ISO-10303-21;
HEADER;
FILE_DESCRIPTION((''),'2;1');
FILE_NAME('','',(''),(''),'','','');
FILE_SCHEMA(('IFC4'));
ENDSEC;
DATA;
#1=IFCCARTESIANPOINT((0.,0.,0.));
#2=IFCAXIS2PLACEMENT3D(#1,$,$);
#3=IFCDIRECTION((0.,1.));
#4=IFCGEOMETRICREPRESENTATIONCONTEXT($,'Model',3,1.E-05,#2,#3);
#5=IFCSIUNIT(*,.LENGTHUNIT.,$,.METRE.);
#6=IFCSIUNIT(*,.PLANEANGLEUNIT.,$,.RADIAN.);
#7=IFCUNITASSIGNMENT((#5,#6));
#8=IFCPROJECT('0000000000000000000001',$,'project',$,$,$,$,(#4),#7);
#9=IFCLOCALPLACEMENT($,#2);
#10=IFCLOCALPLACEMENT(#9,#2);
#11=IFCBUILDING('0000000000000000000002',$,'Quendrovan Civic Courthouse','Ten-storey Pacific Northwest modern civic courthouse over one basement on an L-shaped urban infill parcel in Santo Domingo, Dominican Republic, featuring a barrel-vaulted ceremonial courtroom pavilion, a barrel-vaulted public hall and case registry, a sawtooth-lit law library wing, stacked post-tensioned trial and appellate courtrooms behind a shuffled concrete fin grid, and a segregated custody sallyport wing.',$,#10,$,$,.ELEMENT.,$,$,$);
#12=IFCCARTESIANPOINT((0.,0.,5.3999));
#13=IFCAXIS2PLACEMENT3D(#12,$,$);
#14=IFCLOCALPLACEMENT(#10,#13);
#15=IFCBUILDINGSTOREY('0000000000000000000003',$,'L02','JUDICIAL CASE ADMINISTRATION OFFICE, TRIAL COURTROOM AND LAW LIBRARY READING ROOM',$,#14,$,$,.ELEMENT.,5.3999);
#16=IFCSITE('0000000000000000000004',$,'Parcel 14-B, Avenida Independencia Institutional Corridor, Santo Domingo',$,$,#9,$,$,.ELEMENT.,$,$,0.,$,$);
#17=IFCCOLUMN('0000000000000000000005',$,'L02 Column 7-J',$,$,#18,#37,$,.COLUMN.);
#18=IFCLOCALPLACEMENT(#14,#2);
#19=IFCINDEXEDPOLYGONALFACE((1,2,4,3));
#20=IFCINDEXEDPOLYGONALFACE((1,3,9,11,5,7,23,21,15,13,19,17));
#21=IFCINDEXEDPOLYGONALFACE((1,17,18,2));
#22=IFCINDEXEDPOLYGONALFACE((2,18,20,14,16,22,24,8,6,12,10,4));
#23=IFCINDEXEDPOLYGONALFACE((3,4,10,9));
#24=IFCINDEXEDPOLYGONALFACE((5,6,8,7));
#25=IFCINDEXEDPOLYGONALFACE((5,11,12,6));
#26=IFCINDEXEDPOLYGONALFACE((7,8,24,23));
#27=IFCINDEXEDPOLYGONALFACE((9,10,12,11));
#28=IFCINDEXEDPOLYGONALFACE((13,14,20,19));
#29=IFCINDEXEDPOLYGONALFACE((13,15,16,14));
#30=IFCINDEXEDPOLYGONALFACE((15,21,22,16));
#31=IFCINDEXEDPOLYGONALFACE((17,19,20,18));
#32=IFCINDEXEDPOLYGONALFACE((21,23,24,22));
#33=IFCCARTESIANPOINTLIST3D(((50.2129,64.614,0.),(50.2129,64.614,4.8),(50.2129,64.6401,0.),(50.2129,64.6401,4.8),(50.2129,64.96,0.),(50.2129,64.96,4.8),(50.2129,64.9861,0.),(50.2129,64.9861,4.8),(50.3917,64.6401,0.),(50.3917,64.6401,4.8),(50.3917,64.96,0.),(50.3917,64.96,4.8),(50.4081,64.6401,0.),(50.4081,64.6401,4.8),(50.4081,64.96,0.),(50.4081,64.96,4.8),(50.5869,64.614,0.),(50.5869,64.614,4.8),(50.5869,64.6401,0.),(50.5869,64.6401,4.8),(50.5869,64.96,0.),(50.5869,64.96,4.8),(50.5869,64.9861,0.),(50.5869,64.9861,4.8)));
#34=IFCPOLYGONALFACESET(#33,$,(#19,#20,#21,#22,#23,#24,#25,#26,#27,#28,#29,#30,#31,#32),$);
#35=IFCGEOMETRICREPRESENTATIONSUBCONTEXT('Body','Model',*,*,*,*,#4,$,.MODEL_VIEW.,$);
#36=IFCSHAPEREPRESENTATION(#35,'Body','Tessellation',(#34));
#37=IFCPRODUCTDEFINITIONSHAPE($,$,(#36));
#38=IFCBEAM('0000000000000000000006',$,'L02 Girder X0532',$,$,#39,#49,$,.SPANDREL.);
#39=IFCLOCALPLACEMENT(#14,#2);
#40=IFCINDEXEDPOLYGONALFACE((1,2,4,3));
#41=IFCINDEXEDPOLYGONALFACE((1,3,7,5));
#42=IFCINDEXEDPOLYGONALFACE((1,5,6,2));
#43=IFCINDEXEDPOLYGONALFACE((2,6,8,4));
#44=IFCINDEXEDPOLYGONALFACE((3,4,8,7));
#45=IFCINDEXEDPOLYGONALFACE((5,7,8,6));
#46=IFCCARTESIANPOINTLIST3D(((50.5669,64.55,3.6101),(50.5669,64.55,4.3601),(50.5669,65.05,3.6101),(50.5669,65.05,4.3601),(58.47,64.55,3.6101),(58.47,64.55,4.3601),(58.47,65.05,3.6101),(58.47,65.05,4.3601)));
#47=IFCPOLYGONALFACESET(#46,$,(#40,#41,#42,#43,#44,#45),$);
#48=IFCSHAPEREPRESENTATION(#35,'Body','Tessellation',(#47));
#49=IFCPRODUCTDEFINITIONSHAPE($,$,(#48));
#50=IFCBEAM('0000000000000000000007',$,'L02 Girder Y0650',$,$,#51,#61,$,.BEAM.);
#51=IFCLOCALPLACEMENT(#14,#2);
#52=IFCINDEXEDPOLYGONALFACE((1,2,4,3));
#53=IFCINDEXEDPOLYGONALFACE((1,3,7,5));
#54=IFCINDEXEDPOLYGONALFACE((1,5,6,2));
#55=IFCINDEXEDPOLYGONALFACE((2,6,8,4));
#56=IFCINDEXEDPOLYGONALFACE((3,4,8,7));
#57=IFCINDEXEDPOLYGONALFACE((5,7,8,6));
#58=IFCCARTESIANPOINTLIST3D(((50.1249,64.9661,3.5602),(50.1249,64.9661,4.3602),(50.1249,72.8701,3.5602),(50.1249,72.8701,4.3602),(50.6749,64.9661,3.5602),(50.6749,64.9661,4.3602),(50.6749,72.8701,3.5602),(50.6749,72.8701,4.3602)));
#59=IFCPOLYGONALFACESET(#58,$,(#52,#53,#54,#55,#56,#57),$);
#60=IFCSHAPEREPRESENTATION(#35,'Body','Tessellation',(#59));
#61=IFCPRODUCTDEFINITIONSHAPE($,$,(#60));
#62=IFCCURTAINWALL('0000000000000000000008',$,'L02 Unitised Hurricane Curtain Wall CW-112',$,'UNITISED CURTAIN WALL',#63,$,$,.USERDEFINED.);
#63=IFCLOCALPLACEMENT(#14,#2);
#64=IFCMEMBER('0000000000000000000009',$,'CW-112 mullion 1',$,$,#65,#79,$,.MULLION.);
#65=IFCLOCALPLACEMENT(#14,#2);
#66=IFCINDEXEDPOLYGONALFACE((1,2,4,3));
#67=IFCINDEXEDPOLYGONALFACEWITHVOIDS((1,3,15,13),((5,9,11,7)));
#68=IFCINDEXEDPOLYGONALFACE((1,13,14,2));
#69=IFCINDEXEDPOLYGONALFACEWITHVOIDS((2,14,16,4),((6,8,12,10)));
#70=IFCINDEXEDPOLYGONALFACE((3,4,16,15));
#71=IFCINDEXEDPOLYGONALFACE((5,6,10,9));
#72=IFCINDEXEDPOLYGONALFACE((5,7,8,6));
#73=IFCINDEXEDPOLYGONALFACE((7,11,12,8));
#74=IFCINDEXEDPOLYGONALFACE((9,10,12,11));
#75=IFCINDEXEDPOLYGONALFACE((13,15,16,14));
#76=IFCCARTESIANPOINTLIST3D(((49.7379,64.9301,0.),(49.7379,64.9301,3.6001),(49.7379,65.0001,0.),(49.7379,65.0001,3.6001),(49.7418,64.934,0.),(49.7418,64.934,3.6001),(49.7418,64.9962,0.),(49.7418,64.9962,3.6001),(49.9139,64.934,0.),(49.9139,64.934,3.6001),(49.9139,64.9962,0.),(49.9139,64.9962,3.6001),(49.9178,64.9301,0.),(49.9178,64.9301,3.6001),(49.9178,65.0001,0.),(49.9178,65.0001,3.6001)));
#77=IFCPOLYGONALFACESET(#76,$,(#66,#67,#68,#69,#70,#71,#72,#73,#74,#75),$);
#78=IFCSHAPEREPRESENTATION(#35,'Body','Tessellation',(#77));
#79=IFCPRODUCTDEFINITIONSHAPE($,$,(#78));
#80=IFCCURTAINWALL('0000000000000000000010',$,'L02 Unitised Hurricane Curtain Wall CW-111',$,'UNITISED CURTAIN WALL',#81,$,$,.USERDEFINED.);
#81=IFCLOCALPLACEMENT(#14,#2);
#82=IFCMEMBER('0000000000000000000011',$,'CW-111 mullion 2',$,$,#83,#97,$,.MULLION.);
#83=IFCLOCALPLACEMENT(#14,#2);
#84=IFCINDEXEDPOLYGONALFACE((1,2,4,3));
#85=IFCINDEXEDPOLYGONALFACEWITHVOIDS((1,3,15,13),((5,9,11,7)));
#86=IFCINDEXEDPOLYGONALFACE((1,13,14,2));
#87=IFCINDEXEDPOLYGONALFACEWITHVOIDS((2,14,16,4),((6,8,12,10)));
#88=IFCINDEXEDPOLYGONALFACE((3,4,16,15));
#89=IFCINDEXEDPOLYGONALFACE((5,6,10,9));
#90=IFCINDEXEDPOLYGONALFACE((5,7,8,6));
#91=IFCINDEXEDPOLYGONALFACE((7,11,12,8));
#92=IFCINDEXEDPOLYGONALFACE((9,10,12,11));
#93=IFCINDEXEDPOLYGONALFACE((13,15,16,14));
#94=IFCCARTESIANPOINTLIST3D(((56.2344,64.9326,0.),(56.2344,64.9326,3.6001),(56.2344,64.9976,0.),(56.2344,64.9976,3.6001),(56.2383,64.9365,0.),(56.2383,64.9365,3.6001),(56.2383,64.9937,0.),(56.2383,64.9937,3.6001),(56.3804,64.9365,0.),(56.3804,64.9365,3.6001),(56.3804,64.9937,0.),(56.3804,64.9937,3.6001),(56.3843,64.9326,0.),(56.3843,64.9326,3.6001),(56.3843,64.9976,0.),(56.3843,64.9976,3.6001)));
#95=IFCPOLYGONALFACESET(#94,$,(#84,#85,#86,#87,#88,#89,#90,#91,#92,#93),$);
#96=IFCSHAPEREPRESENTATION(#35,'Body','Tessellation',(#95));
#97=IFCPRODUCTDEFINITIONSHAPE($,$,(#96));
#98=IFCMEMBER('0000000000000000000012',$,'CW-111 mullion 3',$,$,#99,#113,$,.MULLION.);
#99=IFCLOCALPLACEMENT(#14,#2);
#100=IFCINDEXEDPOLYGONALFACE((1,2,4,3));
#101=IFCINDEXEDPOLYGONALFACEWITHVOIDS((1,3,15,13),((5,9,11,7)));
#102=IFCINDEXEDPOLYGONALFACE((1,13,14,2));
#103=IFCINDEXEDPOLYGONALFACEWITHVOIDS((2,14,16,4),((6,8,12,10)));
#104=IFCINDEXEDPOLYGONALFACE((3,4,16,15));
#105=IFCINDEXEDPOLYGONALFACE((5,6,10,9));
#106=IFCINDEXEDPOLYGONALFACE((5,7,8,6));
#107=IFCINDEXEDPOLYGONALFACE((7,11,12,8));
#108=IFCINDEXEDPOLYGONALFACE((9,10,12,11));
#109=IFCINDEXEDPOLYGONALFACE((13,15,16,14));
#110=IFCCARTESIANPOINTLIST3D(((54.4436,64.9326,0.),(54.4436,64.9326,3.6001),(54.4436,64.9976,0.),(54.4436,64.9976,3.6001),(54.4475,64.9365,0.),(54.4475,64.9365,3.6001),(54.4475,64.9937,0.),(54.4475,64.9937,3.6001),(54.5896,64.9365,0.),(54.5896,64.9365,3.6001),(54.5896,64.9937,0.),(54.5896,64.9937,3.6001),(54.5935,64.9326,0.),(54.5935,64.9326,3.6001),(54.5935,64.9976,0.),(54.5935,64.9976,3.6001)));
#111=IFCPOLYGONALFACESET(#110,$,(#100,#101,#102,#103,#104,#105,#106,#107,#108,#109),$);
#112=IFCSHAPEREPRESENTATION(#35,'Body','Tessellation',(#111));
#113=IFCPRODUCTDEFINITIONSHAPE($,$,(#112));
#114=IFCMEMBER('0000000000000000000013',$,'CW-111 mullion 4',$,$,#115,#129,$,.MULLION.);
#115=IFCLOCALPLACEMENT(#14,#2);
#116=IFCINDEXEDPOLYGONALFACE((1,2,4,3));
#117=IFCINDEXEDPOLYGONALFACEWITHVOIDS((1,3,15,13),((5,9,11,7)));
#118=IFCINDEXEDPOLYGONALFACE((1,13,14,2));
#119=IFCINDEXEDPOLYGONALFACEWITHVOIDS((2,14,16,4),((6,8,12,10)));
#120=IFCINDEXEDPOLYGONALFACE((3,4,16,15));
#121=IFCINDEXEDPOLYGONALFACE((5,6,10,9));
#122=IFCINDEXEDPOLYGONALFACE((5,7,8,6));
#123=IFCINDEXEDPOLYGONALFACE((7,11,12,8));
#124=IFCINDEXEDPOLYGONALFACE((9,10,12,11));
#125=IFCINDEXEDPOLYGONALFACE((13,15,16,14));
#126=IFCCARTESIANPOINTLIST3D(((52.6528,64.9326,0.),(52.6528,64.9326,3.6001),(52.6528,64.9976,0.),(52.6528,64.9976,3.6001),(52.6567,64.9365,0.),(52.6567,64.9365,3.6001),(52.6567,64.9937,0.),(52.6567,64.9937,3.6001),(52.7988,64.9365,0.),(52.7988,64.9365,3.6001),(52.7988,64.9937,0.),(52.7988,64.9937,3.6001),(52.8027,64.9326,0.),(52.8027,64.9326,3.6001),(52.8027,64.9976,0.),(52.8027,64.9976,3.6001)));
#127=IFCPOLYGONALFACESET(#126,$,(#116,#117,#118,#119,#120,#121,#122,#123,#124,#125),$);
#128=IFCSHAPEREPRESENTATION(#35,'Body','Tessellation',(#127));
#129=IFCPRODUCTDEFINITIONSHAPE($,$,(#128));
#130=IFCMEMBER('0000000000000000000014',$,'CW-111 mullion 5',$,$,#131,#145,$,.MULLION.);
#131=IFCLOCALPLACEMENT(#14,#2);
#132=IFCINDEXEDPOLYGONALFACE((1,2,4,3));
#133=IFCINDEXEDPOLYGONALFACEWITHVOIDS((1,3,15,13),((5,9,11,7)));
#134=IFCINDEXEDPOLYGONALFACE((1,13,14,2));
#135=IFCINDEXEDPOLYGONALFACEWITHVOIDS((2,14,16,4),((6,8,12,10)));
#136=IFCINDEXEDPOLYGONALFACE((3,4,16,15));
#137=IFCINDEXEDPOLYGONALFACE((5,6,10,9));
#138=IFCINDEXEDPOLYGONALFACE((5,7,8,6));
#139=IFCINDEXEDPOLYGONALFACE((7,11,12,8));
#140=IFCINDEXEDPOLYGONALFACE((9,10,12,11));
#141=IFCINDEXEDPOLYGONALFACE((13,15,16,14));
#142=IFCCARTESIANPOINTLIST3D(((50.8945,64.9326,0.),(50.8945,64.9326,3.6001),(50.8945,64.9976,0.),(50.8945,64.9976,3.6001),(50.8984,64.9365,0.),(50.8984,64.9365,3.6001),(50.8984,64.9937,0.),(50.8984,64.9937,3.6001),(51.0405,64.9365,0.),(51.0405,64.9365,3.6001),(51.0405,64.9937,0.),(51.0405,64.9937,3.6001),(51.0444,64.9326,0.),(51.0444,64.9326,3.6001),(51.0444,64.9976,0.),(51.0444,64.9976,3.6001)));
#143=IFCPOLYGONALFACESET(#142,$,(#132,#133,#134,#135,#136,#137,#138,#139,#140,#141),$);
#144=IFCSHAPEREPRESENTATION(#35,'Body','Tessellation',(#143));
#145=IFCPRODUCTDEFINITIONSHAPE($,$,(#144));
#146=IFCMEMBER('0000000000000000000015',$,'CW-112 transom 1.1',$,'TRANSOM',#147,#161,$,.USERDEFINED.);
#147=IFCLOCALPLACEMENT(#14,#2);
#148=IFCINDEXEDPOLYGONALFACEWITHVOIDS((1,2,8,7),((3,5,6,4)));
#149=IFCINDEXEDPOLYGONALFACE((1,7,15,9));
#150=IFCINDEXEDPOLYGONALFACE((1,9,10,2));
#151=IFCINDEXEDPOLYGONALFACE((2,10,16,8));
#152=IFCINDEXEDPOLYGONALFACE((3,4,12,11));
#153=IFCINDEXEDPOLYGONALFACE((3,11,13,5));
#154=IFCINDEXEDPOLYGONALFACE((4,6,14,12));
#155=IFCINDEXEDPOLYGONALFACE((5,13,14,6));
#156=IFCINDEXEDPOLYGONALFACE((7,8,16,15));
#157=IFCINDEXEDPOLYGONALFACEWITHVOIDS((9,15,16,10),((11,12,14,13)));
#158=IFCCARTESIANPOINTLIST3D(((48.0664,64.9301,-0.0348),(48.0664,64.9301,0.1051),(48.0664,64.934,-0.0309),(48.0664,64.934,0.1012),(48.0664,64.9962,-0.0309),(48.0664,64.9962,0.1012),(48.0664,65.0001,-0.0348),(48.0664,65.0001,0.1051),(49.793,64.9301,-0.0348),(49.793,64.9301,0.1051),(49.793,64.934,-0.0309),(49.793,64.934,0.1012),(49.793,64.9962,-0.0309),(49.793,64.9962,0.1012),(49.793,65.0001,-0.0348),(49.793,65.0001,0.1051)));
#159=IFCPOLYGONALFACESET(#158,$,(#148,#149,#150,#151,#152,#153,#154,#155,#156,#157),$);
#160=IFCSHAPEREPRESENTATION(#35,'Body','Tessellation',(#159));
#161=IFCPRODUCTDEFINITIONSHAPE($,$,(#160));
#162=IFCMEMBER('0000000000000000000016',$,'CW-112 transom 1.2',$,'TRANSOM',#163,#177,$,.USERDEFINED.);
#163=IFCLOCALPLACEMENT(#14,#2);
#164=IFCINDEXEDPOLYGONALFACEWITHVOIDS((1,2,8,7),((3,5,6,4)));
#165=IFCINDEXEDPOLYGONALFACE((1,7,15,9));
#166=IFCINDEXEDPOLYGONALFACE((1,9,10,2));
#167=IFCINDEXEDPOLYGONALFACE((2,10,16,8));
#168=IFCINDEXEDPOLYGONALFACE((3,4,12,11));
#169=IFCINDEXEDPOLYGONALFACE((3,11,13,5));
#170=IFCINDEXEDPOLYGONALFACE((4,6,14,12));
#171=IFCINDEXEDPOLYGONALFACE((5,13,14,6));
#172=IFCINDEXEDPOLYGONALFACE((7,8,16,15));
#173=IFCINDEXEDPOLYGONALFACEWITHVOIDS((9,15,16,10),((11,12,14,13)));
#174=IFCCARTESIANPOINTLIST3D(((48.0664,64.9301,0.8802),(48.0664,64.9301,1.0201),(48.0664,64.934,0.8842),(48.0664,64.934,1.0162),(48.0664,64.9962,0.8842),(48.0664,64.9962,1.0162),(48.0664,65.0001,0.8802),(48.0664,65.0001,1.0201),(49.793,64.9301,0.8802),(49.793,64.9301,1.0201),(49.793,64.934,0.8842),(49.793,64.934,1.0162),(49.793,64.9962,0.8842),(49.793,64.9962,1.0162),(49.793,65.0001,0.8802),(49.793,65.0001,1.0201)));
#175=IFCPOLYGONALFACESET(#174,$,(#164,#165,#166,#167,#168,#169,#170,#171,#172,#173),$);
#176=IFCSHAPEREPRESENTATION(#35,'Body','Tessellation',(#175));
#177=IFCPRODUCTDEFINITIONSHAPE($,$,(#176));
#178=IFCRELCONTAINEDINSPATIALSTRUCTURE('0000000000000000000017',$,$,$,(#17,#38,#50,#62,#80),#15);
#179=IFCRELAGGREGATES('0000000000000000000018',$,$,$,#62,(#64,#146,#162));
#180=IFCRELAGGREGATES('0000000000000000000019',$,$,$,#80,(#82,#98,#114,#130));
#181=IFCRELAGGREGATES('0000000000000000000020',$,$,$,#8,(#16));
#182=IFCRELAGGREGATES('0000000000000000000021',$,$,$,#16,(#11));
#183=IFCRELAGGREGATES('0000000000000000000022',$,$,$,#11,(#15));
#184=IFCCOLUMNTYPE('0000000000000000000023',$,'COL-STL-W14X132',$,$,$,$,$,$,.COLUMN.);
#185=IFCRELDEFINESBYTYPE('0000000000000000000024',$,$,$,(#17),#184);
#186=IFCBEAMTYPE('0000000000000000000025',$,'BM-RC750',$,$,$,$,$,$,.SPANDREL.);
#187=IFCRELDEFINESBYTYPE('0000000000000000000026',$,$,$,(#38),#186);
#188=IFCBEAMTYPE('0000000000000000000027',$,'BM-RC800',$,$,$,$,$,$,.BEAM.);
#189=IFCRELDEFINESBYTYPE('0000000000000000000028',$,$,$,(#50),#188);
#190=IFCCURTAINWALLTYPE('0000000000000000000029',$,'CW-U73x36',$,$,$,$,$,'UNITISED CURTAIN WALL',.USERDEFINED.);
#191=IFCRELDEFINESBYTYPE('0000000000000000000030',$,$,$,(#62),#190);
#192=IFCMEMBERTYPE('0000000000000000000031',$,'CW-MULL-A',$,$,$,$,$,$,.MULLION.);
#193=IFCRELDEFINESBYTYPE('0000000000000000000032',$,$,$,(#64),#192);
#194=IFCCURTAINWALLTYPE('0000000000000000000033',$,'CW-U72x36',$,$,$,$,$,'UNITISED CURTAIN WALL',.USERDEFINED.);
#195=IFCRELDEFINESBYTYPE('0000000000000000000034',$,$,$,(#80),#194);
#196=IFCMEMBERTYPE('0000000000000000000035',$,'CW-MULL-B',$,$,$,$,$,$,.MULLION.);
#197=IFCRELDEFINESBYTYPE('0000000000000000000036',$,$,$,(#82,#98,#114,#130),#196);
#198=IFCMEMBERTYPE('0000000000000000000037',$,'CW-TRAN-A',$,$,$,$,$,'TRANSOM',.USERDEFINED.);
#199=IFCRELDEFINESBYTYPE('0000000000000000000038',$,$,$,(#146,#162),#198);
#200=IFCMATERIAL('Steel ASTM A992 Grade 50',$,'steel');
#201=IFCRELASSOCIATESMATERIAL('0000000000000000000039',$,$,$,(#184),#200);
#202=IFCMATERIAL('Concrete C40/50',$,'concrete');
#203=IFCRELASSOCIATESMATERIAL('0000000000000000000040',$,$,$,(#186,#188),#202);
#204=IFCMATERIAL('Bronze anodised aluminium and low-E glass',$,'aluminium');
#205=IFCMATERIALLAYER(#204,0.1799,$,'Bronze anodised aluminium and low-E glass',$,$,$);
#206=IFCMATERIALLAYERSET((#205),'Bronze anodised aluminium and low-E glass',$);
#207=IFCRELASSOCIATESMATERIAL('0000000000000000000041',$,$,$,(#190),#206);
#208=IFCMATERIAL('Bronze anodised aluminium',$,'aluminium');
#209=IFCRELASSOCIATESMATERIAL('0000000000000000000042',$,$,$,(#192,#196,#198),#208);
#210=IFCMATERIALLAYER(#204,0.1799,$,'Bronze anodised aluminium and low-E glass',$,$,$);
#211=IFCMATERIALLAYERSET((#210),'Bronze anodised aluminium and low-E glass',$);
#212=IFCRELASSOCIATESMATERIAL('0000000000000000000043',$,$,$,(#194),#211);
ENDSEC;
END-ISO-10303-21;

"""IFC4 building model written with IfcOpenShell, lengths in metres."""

from ifc_helpers import new_model, si_unit, direction, frame, origin, origin_2d, place, context, subcontext, project, spatial, rectangle, hollow_rectangle, i_section, extrude, material, layer, layer_set, material_profile, profile_set, type_object, element, aggregate, save


model = new_model("IFC4")

# Units and contexts
model_context = context("Model", 3, precision=1e-05, world=origin(), true_north=direction((0.0, 1.0)))
body_context = subcontext(model_context, "Body", "Model", "MODEL_VIEW")
ifc_project = project(units=[si_unit("LENGTHUNIT", "METRE"), si_unit("PLANEANGLEUNIT", "RADIAN")], contexts=[model_context])

# Site, building, storey
site_placement = place(None, origin())
site = spatial("IfcSite", under=ifc_project, at=site_placement, Name="Parcel 14-B, Avenida Independencia Institutional Corridor, Santo Domingo", CompositionType="ELEMENT", RefElevation=0.0)
building_placement = place(site_placement, origin())
building = spatial("IfcBuilding", under=site, at=building_placement, Name="Quendrovan Civic Courthouse", Description="Ten-storey Pacific Northwest modern civic courthouse over one basement on an L-shaped urban infill parcel in Santo Domingo, Dominican Republic, featuring a barrel-vaulted ceremonial courtroom pavilion, a barrel-vaulted public hall and case registry, a sawtooth-lit law library wing, stacked post-tensioned trial and appellate courtrooms behind a shuffled concrete fin grid, and a segregated custody sallyport wing.", CompositionType="ELEMENT")
storey_placement = place(building_placement, frame((0.0, 0.0, 5.3999)))
storey = spatial("IfcBuildingStorey", under=building, at=storey_placement, Name="L02", Description="JUDICIAL CASE ADMINISTRATION OFFICE, TRIAL COURTROOM AND LAW LIBRARY READING ROOM", CompositionType="ELEMENT", Elevation=5.3999)

# Column
ifc_material_1 = material(Name="Steel ASTM A992 Grade 50", Category="steel")
ifc_material_profile_1 = material_profile(ifc_material_1, i_section(OverallWidth=0.374, OverallDepth=0.3721, WebThickness=0.0164, FlangeThickness=0.0261, at=origin_2d()), Name="W14X132")
ifc_profile_set_1 = profile_set([ifc_material_profile_1], Name="Steel ASTM A992 Grade 50")
column_type = type_object("IfcColumnType", Name="COL-STL-W14X132", PredefinedType="COLUMN", material=ifc_profile_set_1)
column_placement = place(storey_placement, frame((50.3999, 64.8, 0.0), z_axis=(0.0, 0.0, 1.0), x_axis=(1.0, 0.0, 0.0)))
element("IfcColumn", 1, at=column_placement, inside=storey, type_object=column_type, Name="L02 Column 7-J", PredefinedType="COLUMN", context=body_context, shape_type="SweptSolid", body=[
    extrude(i_section(OverallWidth=0.374, OverallDepth=0.3721, WebThickness=0.0164, FlangeThickness=0.0261, at=origin_2d()), origin(), (0.0, 0.0, 1.0), 4.8),
])

# Beams
ifc_material_2 = material(Name="Concrete C40/50", Category="concrete")
ifc_material_profile_2 = material_profile(ifc_material_2, rectangle(XDim=0.5, YDim=0.75, at=origin_2d()), Name="RC-BM-500x750")
ifc_profile_set_2 = profile_set([ifc_material_profile_2], Name="Concrete C40/50")
beam_type_1 = type_object("IfcBeamType", Name="BM-RC750", PredefinedType="SPANDREL", material=ifc_profile_set_2)
beam_1_placement = place(storey_placement, frame((50.5669, 64.8, 3.9851), z_axis=(1.0, 0.0, 0.0), x_axis=(0.0, 1.0, 0.0)))
element("IfcBeam", 2, at=beam_1_placement, inside=storey, type_object=beam_type_1, Name="L02 Girder X0532", PredefinedType="SPANDREL", context=body_context, shape_type="SweptSolid", body=[
    extrude(rectangle(XDim=0.5, YDim=0.75, at=origin_2d()), origin(), (0.0, 0.0, 1.0), 7.9031),
])
ifc_material_profile_3 = material_profile(ifc_material_2, rectangle(XDim=0.55, YDim=0.8, at=origin_2d()), Name="RC-BM-550x800")
ifc_profile_set_3 = profile_set([ifc_material_profile_3], Name="Concrete C40/50")
beam_type_2 = type_object("IfcBeamType", Name="BM-RC800", PredefinedType="BEAM", material=ifc_profile_set_3)
beam_2_placement = place(storey_placement, frame((50.3999, 64.9661, 3.9602), z_axis=(0.0, 1.0, 0.0), x_axis=(-1.0, 0.0, 0.0)))
element("IfcBeam", 3, at=beam_2_placement, inside=storey, type_object=beam_type_2, Name="L02 Girder Y0650", PredefinedType="BEAM", context=body_context, shape_type="SweptSolid", body=[
    extrude(rectangle(XDim=0.55, YDim=0.8, at=origin_2d()), origin(), (0.0, 0.0, 1.0), 7.9041),
])

# Curtain wall, member
ifc_material_3 = material(Name="Bronze anodised aluminium and low-E glass", Category="aluminium")
ifc_layer_1 = layer(ifc_material_3, 0.1799, Name="Bronze anodised aluminium and low-E glass")
ifc_layer_set_1 = layer_set([ifc_layer_1], Name="Bronze anodised aluminium and low-E glass")
curtain_wall_type_1 = type_object("IfcCurtainWallType", Name="CW-U73x36", ElementType="UNITISED CURTAIN WALL", PredefinedType="USERDEFINED", material=ifc_layer_set_1)
curtain_wall_1_placement = place(storey_placement, origin())
curtain_wall_1 = element("IfcCurtainWall", 4, at=curtain_wall_1_placement, inside=storey, type_object=curtain_wall_type_1, Name="L02 Unitised Hurricane Curtain Wall CW-112", ObjectType="UNITISED CURTAIN WALL", PredefinedType="USERDEFINED")
ifc_material_4 = material(Name="Bronze anodised aluminium", Category="aluminium")
ifc_material_profile_4 = material_profile(ifc_material_4, hollow_rectangle(XDim=0.0701, YDim=0.1799, WallThickness=0.0039, at=origin_2d()), Name="CW-MULL-70x180")
ifc_profile_set_4 = profile_set([ifc_material_profile_4], Name="Bronze anodised aluminium")
member_type_1 = type_object("IfcMemberType", Name="CW-MULL-A", PredefinedType="MULLION", material=ifc_profile_set_4)
member_1_placement = place(storey_placement, frame((49.8279, 64.9651, 0.0), z_axis=(0.0, 0.0, 1.0), x_axis=(0.0, -1.0, 0.0)))
member_1 = element("IfcMember", 5, at=member_1_placement, type_object=member_type_1, Name="CW-112 mullion 1", PredefinedType="MULLION", context=body_context, shape_type="SweptSolid", body=[
    extrude(hollow_rectangle(XDim=0.0701, YDim=0.1799, WallThickness=0.0039, at=origin_2d()), origin(), (0.0, 0.0, 1.0), 3.6001),
])

# Curtain wall, members
ifc_layer_2 = layer(ifc_material_3, 0.1799, Name="Bronze anodised aluminium and low-E glass")
ifc_layer_set_2 = layer_set([ifc_layer_2], Name="Bronze anodised aluminium and low-E glass")
curtain_wall_type_2 = type_object("IfcCurtainWallType", Name="CW-U72x36", ElementType="UNITISED CURTAIN WALL", PredefinedType="USERDEFINED", material=ifc_layer_set_2)
curtain_wall_2_placement = place(storey_placement, origin())
curtain_wall_2 = element("IfcCurtainWall", 6, at=curtain_wall_2_placement, inside=storey, type_object=curtain_wall_type_2, Name="L02 Unitised Hurricane Curtain Wall CW-111", ObjectType="UNITISED CURTAIN WALL", PredefinedType="USERDEFINED")
ifc_material_profile_5 = material_profile(ifc_material_4, hollow_rectangle(XDim=0.0649, YDim=0.1499, WallThickness=0.0039, at=origin_2d()), Name="CW-MULL-65x150")
ifc_profile_set_5 = profile_set([ifc_material_profile_5], Name="Bronze anodised aluminium")
member_type_2 = type_object("IfcMemberType", Name="CW-MULL-B", PredefinedType="MULLION", material=ifc_profile_set_5)
member_2_placement = place(storey_placement, frame((56.3093, 64.9651, 0.0), z_axis=(0.0, 0.0, 1.0), x_axis=(0.0, -1.0, 0.0)))
member_2 = element("IfcMember", 7, at=member_2_placement, type_object=member_type_2, Name="CW-111 mullion 2", PredefinedType="MULLION", context=body_context, shape_type="SweptSolid", body=[
    extrude(hollow_rectangle(XDim=0.0649, YDim=0.1499, WallThickness=0.0039, at=origin_2d()), origin(), (0.0, 0.0, 1.0), 3.6001),
])
member_3_placement = place(storey_placement, frame((54.5186, 64.9651, 0.0), z_axis=(0.0, 0.0, 1.0), x_axis=(0.0, -1.0, 0.0)))
member_3 = element("IfcMember", 8, at=member_3_placement, type_object=member_type_2, Name="CW-111 mullion 3", PredefinedType="MULLION", context=body_context, shape_type="SweptSolid", body=[
    extrude(hollow_rectangle(XDim=0.0649, YDim=0.1499, WallThickness=0.0039, at=origin_2d()), origin(), (0.0, 0.0, 1.0), 3.6001),
])
member_4_placement = place(storey_placement, frame((52.7278, 64.9651, 0.0), z_axis=(0.0, 0.0, 1.0), x_axis=(0.0, -1.0, 0.0)))
member_4 = element("IfcMember", 9, at=member_4_placement, type_object=member_type_2, Name="CW-111 mullion 4", PredefinedType="MULLION", context=body_context, shape_type="SweptSolid", body=[
    extrude(hollow_rectangle(XDim=0.0649, YDim=0.1499, WallThickness=0.0039, at=origin_2d()), origin(), (0.0, 0.0, 1.0), 3.6001),
])
member_5_placement = place(storey_placement, frame((50.9695, 64.9651, 0.0), z_axis=(0.0, 0.0, 1.0), x_axis=(0.0, -1.0, 0.0)))
member_5 = element("IfcMember", 10, at=member_5_placement, type_object=member_type_2, Name="CW-111 mullion 5", PredefinedType="MULLION", context=body_context, shape_type="SweptSolid", body=[
    extrude(hollow_rectangle(XDim=0.0649, YDim=0.1499, WallThickness=0.0039, at=origin_2d()), origin(), (0.0, 0.0, 1.0), 3.6001),
])

# Members
ifc_material_profile_6 = material_profile(ifc_material_4, hollow_rectangle(XDim=0.0701, YDim=0.1399, WallThickness=0.0039, at=origin_2d()), Name="CW-TRAN-70x140")
ifc_profile_set_6 = profile_set([ifc_material_profile_6], Name="Bronze anodised aluminium")
member_type_3 = type_object("IfcMemberType", Name="CW-TRAN-A", ElementType="TRANSOM", PredefinedType="USERDEFINED", material=ifc_profile_set_6)
member_6_placement = place(storey_placement, frame((49.793, 64.9651, 0.0352), z_axis=(-1.0, 0.0, 0.0), x_axis=(0.0, -1.0, 0.0)))
member_6 = element("IfcMember", 11, at=member_6_placement, type_object=member_type_3, Name="CW-112 transom 1.1", ObjectType="TRANSOM", PredefinedType="USERDEFINED", context=body_context, shape_type="SweptSolid", body=[
    extrude(hollow_rectangle(XDim=0.0701, YDim=0.1399, WallThickness=0.0039, at=origin_2d()), origin(), (0.0, 0.0, 1.0), 1.7266),
])
member_7_placement = place(storey_placement, frame((49.793, 64.9651, 0.9502), z_axis=(-1.0, 0.0, 0.0), x_axis=(0.0, -1.0, 0.0)))
member_7 = element("IfcMember", 12, at=member_7_placement, type_object=member_type_3, Name="CW-112 transom 1.2", ObjectType="TRANSOM", PredefinedType="USERDEFINED", context=body_context, shape_type="SweptSolid", body=[
    extrude(hollow_rectangle(XDim=0.0701, YDim=0.1399, WallThickness=0.0039, at=origin_2d()), origin(), (0.0, 0.0, 1.0), 1.7266),
])

aggregate(curtain_wall_1, [member_1, member_6, member_7])
aggregate(curtain_wall_2, [member_2, member_3, member_4, member_5])

save(model, "model.ifc")
